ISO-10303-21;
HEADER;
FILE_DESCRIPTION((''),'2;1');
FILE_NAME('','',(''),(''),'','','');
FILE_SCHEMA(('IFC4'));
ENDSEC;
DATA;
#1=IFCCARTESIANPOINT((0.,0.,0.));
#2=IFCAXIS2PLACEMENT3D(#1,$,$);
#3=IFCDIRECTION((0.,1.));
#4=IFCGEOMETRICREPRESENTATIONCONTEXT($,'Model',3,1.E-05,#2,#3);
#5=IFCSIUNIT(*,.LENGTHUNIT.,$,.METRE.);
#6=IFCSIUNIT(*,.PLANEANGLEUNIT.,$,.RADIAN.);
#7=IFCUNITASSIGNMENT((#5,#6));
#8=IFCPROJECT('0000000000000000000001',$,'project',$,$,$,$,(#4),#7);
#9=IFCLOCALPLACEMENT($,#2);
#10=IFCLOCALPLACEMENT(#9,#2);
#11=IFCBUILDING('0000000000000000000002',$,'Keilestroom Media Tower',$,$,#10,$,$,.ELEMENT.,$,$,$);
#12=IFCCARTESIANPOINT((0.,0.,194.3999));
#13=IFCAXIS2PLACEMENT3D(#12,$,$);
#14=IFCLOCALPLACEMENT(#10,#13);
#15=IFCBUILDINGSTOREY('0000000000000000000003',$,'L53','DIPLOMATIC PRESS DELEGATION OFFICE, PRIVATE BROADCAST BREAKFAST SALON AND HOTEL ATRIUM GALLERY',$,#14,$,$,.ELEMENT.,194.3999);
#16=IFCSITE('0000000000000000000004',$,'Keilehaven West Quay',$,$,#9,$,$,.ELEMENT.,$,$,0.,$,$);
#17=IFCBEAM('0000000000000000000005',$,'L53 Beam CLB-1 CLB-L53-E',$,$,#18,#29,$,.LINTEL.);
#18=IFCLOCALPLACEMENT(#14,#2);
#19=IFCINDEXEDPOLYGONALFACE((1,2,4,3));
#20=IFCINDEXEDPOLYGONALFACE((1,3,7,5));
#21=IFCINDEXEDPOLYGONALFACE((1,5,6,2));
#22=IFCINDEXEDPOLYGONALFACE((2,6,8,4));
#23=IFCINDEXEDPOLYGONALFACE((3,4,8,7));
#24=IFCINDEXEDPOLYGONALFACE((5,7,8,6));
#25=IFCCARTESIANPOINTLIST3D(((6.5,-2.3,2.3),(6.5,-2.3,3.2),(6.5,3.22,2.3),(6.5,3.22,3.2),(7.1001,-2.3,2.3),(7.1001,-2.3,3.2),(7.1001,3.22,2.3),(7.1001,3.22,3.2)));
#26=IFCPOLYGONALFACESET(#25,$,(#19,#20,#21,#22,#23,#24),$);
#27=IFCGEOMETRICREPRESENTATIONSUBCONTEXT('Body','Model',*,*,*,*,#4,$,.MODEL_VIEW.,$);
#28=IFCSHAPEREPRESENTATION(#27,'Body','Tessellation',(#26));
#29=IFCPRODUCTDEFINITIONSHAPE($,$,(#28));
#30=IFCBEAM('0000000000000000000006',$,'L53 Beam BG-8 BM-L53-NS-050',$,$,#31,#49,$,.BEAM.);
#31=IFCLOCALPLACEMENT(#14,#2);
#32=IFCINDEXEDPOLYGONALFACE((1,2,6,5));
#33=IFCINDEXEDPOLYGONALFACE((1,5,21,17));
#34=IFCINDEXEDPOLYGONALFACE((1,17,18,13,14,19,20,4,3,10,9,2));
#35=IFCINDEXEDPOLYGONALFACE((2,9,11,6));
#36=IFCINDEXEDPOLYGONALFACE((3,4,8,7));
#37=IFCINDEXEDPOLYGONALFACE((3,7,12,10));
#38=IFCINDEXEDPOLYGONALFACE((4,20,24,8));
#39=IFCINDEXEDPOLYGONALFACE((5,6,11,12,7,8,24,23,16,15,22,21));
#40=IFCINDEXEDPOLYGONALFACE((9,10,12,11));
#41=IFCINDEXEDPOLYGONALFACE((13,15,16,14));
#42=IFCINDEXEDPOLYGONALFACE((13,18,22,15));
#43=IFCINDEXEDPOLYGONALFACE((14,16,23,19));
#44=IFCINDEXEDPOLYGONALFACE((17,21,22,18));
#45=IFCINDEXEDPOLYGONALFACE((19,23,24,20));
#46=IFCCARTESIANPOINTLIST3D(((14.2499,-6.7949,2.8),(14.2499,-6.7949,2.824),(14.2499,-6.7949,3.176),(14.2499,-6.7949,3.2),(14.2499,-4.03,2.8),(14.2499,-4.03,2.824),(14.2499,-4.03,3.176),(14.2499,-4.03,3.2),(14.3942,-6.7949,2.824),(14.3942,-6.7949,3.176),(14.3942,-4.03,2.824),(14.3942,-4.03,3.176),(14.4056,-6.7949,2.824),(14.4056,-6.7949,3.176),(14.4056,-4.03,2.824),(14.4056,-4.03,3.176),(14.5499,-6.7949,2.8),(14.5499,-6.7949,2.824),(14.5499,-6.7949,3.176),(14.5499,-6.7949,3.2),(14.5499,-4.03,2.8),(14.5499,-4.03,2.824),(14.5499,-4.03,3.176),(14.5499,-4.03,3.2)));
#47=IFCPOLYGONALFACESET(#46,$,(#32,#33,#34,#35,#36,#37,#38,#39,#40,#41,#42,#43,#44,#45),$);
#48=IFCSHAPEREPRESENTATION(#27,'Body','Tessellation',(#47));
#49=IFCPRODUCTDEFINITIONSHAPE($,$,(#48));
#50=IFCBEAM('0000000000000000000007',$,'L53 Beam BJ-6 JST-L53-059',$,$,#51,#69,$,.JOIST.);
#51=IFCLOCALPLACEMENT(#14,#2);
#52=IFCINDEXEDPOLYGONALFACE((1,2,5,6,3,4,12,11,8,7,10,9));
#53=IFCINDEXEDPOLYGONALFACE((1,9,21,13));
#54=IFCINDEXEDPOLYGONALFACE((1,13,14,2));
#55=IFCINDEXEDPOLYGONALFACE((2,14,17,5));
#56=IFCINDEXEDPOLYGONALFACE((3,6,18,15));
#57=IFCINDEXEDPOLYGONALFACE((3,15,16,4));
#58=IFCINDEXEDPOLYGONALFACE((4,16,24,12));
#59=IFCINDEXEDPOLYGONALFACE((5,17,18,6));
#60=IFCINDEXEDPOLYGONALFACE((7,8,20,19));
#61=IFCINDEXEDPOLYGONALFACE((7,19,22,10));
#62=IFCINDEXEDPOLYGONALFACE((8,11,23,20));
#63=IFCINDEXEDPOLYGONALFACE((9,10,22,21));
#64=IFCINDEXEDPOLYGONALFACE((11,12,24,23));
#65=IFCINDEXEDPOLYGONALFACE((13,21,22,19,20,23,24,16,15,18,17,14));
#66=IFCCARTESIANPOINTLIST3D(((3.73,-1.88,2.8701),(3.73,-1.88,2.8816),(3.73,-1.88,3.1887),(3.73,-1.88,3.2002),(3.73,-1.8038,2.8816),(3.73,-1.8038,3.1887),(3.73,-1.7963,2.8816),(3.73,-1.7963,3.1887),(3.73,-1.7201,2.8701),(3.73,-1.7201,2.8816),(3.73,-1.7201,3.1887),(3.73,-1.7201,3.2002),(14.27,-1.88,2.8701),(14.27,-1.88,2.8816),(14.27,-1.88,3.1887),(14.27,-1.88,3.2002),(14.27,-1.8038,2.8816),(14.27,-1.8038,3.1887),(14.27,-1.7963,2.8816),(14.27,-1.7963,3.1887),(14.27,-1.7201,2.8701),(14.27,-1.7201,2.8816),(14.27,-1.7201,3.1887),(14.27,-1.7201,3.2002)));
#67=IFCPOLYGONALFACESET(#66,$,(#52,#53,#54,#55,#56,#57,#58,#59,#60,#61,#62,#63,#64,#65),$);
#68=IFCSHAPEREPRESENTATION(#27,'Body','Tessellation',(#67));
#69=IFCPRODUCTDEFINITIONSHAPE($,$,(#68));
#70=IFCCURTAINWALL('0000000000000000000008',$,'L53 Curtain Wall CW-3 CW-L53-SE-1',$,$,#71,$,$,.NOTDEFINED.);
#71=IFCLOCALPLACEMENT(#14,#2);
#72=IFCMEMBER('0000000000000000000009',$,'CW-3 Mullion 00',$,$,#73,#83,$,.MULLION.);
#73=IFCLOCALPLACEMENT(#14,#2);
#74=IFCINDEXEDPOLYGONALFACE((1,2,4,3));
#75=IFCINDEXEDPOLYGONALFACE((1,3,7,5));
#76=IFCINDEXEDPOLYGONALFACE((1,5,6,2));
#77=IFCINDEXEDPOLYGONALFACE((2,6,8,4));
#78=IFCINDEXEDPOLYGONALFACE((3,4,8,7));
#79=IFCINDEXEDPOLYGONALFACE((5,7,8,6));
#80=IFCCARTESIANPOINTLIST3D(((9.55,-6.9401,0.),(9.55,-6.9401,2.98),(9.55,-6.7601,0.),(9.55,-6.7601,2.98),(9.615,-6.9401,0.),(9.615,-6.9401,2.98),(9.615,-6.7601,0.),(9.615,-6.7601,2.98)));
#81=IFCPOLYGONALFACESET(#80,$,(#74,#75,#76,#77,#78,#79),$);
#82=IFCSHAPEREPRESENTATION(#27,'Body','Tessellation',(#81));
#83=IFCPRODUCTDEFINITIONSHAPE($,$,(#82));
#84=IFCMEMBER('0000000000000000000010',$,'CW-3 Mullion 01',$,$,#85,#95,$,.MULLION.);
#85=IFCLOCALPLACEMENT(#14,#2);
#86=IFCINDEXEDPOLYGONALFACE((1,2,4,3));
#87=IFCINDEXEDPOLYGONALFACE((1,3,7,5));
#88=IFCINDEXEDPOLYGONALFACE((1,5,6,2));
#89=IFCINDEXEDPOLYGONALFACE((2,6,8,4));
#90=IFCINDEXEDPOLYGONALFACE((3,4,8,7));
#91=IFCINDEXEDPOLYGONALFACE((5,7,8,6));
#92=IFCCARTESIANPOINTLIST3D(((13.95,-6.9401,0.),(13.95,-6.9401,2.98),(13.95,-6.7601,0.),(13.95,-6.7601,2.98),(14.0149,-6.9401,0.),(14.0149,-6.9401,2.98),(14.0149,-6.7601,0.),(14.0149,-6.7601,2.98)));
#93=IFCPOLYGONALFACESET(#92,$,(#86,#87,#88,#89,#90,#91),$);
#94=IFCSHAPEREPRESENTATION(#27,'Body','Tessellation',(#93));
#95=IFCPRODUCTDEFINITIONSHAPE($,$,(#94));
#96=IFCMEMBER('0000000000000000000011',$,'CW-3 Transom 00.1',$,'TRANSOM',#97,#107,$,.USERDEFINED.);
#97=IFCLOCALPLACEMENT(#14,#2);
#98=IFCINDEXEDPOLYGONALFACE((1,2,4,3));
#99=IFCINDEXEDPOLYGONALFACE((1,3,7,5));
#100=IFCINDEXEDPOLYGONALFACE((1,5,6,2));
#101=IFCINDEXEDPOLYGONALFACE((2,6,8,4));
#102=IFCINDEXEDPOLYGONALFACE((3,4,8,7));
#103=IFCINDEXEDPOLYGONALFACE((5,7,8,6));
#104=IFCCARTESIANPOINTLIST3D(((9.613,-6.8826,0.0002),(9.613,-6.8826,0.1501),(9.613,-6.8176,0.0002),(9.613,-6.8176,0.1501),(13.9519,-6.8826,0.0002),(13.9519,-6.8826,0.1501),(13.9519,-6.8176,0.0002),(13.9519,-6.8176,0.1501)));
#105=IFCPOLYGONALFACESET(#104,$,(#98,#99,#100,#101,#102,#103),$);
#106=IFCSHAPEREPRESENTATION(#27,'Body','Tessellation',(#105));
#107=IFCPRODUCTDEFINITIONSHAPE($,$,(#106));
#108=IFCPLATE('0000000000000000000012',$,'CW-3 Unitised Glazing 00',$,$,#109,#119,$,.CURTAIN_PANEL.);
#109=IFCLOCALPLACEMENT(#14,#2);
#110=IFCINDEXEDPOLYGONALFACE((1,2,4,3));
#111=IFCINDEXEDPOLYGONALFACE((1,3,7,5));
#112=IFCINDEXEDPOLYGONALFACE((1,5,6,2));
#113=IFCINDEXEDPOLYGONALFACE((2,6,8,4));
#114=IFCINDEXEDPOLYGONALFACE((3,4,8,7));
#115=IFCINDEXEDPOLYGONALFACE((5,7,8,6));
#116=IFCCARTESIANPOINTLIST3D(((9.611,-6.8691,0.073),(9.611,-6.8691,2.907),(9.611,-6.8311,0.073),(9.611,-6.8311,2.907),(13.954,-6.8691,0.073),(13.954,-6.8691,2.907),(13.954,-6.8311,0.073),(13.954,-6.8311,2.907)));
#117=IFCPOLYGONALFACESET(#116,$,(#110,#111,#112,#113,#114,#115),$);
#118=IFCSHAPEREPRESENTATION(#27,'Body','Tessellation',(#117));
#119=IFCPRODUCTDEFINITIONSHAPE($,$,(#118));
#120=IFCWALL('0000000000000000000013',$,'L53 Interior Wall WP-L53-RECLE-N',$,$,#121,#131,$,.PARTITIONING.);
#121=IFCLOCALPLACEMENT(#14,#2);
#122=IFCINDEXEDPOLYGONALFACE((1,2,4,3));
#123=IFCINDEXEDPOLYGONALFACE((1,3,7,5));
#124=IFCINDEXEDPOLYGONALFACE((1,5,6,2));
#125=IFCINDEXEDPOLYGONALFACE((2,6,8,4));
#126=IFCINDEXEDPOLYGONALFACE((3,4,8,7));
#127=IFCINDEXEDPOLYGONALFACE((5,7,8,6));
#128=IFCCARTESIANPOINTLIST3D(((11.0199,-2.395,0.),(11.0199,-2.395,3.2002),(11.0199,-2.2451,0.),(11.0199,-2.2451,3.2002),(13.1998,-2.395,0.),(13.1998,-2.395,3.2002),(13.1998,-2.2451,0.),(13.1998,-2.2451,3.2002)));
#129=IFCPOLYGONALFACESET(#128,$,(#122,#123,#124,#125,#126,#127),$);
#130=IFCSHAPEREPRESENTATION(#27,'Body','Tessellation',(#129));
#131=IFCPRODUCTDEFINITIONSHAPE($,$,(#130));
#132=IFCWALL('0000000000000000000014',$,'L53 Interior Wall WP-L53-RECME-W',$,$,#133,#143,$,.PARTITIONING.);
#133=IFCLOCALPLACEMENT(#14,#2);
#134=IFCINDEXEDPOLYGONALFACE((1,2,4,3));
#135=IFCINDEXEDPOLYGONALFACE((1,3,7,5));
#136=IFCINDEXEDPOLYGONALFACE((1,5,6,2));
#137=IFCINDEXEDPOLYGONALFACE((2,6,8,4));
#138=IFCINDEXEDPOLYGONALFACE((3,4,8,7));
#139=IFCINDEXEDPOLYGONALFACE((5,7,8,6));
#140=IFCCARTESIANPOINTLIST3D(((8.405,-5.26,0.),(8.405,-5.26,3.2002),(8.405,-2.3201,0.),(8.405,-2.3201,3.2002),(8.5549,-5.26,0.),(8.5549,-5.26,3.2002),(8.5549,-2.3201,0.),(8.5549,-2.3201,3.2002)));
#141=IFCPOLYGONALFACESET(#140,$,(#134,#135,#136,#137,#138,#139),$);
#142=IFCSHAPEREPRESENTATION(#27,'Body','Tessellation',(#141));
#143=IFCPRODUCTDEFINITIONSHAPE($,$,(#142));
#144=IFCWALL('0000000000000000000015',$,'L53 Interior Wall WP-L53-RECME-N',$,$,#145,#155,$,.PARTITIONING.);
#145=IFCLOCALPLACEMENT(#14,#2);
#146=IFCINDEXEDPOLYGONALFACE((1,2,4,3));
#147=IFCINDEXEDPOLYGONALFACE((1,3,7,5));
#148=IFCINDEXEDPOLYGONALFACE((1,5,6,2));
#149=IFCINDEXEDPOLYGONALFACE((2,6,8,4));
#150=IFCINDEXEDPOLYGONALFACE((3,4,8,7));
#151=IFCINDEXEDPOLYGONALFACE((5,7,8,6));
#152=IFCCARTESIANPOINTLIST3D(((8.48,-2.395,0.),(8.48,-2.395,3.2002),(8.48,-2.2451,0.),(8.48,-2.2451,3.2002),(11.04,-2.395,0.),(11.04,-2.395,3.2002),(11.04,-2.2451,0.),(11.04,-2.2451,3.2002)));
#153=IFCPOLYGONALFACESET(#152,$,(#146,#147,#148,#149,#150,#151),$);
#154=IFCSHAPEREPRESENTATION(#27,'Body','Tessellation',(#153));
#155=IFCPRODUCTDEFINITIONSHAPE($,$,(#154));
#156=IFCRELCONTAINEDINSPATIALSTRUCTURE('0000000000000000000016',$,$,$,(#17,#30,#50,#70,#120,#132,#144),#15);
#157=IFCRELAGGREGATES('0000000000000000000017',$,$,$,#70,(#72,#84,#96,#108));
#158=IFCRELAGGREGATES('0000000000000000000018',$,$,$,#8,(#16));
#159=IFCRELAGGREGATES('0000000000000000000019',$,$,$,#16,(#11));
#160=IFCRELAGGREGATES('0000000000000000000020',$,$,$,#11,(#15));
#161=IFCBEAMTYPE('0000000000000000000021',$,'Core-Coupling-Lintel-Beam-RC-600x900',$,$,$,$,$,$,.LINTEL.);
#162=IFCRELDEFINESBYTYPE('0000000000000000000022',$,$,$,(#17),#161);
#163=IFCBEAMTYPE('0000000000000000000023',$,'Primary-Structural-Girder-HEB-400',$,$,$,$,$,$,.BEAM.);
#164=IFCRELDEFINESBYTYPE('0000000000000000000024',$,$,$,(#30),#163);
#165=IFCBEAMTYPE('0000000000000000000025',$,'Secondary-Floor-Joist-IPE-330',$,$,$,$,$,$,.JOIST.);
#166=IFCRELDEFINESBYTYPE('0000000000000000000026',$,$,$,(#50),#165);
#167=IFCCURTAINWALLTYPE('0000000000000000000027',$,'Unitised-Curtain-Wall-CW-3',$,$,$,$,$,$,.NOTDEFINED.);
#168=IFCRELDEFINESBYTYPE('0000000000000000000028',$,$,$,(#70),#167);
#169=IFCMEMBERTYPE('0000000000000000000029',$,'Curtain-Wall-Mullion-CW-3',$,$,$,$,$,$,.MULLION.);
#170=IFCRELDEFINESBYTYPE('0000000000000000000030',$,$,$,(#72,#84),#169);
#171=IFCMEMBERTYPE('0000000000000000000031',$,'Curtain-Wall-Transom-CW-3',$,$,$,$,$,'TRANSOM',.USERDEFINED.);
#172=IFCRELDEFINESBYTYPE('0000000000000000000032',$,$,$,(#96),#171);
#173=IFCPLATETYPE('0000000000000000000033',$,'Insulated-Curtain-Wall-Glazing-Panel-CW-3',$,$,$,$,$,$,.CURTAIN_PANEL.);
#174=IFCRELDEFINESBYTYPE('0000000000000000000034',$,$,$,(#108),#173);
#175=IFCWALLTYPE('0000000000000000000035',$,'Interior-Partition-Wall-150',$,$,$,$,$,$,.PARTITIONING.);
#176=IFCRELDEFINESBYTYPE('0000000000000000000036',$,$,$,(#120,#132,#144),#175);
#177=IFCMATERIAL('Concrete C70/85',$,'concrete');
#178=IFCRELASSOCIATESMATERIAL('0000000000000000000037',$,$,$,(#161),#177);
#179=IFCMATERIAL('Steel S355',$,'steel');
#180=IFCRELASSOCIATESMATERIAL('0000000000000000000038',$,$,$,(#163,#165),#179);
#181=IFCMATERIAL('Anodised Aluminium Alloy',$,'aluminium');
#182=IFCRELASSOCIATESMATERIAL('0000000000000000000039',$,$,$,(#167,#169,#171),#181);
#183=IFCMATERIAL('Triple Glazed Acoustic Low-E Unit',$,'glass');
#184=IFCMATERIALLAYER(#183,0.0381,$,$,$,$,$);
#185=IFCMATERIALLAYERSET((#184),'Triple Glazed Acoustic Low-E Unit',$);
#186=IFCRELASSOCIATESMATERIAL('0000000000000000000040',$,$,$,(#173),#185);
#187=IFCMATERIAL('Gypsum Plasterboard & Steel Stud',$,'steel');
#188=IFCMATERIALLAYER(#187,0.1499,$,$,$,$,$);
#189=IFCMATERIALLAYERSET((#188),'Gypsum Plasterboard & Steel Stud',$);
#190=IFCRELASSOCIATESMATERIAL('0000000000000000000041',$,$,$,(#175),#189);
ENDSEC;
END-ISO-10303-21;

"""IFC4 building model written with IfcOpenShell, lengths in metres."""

from ifc_helpers import new_model, si_unit, direction, frame, frame_2d, origin, origin_2d, place, context, subcontext, project, spatial, rectangle, i_section, extrude, source, transform, mapped, material, layer, layer_set, material_profile, profile_set, type_object, element, aggregate, save


model = new_model("IFC4")

# Units and contexts
model_context = context("Model", 3, precision=1e-05, world=origin(), true_north=direction((0.0, 1.0)))
body_context = subcontext(model_context, "Body", "Model", "MODEL_VIEW")
ifc_project = project(units=[si_unit("LENGTHUNIT", "METRE"), si_unit("PLANEANGLEUNIT", "RADIAN")], contexts=[model_context])

# Site, building, storey
site_placement = place(None, origin())
site = spatial("IfcSite", under=ifc_project, at=site_placement, Name="Keilehaven West Quay", CompositionType="ELEMENT", RefElevation=0.0)
building_placement = place(site_placement, origin())
building = spatial("IfcBuilding", under=site, at=building_placement, Name="Keilestroom Media Tower", CompositionType="ELEMENT")
storey_placement = place(building_placement, frame((0.0, 0.0, 194.3999)))
storey = spatial("IfcBuildingStorey", under=building, at=storey_placement, Name="L53", Description="DIPLOMATIC PRESS DELEGATION OFFICE, PRIVATE BROADCAST BREAKFAST SALON AND HOTEL ATRIUM GALLERY", CompositionType="ELEMENT", Elevation=194.3999)

# Beams
ifc_material_1 = material(Name="Concrete C70/85", Category="concrete")
ifc_material_profile_1 = material_profile(ifc_material_1, rectangle(XDim=0.6001, YDim=0.8999, at=origin_2d()), Name="RC 600x900")
ifc_profile_set_1 = profile_set([ifc_material_profile_1], Name="Concrete C70/85")
beam_type_1 = type_object("IfcBeamType", Name="Core-Coupling-Lintel-Beam-RC-600x900", PredefinedType="LINTEL", material=ifc_profile_set_1)
shared_shape_1 = source(origin(), body_context, "Body", "SweptSolid", [
    extrude(rectangle(XDim=0.6001, YDim=0.8999, at=origin_2d()), origin(), (0.0, 0.0, 1.0), 5.52),
])
beam_1_placement = place(storey_placement, frame((6.8, -2.3, 2.75), z_axis=(0.0, 1.0, 0.0), x_axis=(-1.0, 0.0, 0.0)))
element("IfcBeam", 1, at=beam_1_placement, inside=storey, type_object=beam_type_1, Name="L53 Beam CLB-1 CLB-L53-E", PredefinedType="LINTEL", context=body_context, shape_type="MappedRepresentation", body=[
    mapped(shared_shape_1, transform((0.0, 0.0, 0.0), x_axis=(1.0, 0.0, 0.0), y_axis=(0.0, 1.0, 0.0), z_axis=(0.0, 0.0, 1.0), scale=1.0)),
])
ifc_material_2 = material(Name="Steel S355", Category="steel")
ifc_material_profile_2 = material_profile(ifc_material_2, i_section(OverallWidth=0.3, OverallDepth=0.3999, WebThickness=0.0115, FlangeThickness=0.0239, at=origin_2d()), Name="HEB 400")
ifc_profile_set_2 = profile_set([ifc_material_profile_2], Name="Steel S355")
beam_type_2 = type_object("IfcBeamType", Name="Primary-Structural-Girder-HEB-400", PredefinedType="BEAM", material=ifc_profile_set_2)
shared_shape_2 = source(origin(), body_context, "Body", "SweptSolid", [
    extrude(i_section(OverallWidth=0.3, OverallDepth=0.3999, WebThickness=0.0115, FlangeThickness=0.0239, at=origin_2d()), origin(), (0.0, 0.0, 1.0), 2.7649),
])
beam_2_placement = place(storey_placement, frame((14.3999, -6.7949, 3.0), z_axis=(0.0, 1.0, 0.0), x_axis=(-1.0, 0.0, 0.0)))
element("IfcBeam", 2, at=beam_2_placement, inside=storey, type_object=beam_type_2, Name="L53 Beam BG-8 BM-L53-NS-050", PredefinedType="BEAM", context=body_context, shape_type="MappedRepresentation", body=[
    mapped(shared_shape_2, transform((0.0, 0.0, 0.0), x_axis=(1.0, 0.0, 0.0), y_axis=(0.0, 1.0, 0.0), z_axis=(0.0, 0.0, 1.0), scale=1.0)),
])
ifc_material_profile_3 = material_profile(ifc_material_2, i_section(OverallWidth=0.1599, OverallDepth=0.3301, WebThickness=0.0076, FlangeThickness=0.0115, at=origin_2d()), Name="IPE 330")
ifc_profile_set_3 = profile_set([ifc_material_profile_3], Name="Steel S355")
beam_type_3 = type_object("IfcBeamType", Name="Secondary-Floor-Joist-IPE-330", PredefinedType="JOIST", material=ifc_profile_set_3)
shared_shape_3 = source(origin(), body_context, "Body", "SweptSolid", [
    extrude(i_section(OverallWidth=0.1599, OverallDepth=0.3301, WebThickness=0.0076, FlangeThickness=0.0115, at=origin_2d()), origin(), (0.0, 0.0, 1.0), 10.54),
])
beam_3_placement = place(storey_placement, frame((3.73, -1.8, 3.0352), z_axis=(1.0, 0.0, 0.0), x_axis=(0.0, 1.0, 0.0)))
element("IfcBeam", 3, at=beam_3_placement, inside=storey, type_object=beam_type_3, Name="L53 Beam BJ-6 JST-L53-059", PredefinedType="JOIST", context=body_context, shape_type="MappedRepresentation", body=[
    mapped(shared_shape_3, transform((0.0, 0.0, 0.0), x_axis=(1.0, 0.0, 0.0), y_axis=(0.0, 1.0, 0.0), z_axis=(0.0, 0.0, 1.0), scale=1.0)),
])

# Curtain wall, members, plate
ifc_material_3 = material(Name="Anodised Aluminium Alloy", Category="aluminium")
curtain_wall_type = type_object("IfcCurtainWallType", Name="Unitised-Curtain-Wall-CW-3", PredefinedType="NOTDEFINED", material=ifc_material_3)
curtain_wall_placement = place(storey_placement, origin())
curtain_wall = element("IfcCurtainWall", 4, at=curtain_wall_placement, inside=storey, type_object=curtain_wall_type, Name="L53 Curtain Wall CW-3 CW-L53-SE-1", PredefinedType="NOTDEFINED")
ifc_material_profile_4 = material_profile(ifc_material_3, rectangle(XDim=0.0649, YDim=0.1799, at=origin_2d()), Name="ALU MULLION 65x180")
ifc_profile_set_4 = profile_set([ifc_material_profile_4], Name="Anodised Aluminium Alloy")
member_type_1 = type_object("IfcMemberType", Name="Curtain-Wall-Mullion-CW-3", PredefinedType="MULLION", material=ifc_profile_set_4)
shared_shape_4 = source(origin(), body_context, "Body", "SweptSolid", [
    extrude(rectangle(XDim=0.0649, YDim=0.1799, at=origin_2d()), origin(), (0.0, 0.0, 1.0), 2.98),
])
member_1_placement = place(storey_placement, frame((9.5825, -6.8501, 0.0), z_axis=(0.0, 0.0, 1.0), x_axis=(1.0, 0.0, 0.0)))
member_1 = element("IfcMember", 5, at=member_1_placement, type_object=member_type_1, Name="CW-3 Mullion 00", PredefinedType="MULLION", context=body_context, shape_type="MappedRepresentation", body=[
    mapped(shared_shape_4, transform((0.0, 0.0, 0.0), x_axis=(1.0, 0.0, 0.0), y_axis=(0.0, 1.0, 0.0), z_axis=(0.0, 0.0, 1.0), scale=1.0)),
])
member_2_placement = place(storey_placement, frame((13.9824, -6.8501, 0.0), z_axis=(0.0, 0.0, 1.0), x_axis=(1.0, 0.0, 0.0)))
member_2 = element("IfcMember", 6, at=member_2_placement, type_object=member_type_1, Name="CW-3 Mullion 01", PredefinedType="MULLION", context=body_context, shape_type="MappedRepresentation", body=[
    mapped(shared_shape_4, transform((0.0, 0.0, 0.0), x_axis=(1.0, 0.0, 0.0), y_axis=(0.0, 1.0, 0.0), z_axis=(0.0, 0.0, 1.0), scale=1.0)),
])
ifc_material_profile_5 = material_profile(ifc_material_3, rectangle(XDim=0.0649, YDim=0.1499, at=origin_2d()), Name="ALU TRANSOM 65x150")
ifc_profile_set_5 = profile_set([ifc_material_profile_5], Name="Anodised Aluminium Alloy")
member_type_2 = type_object("IfcMemberType", Name="Curtain-Wall-Transom-CW-3", ElementType="TRANSOM", PredefinedType="USERDEFINED", material=ifc_profile_set_5)
shared_shape_5 = source(origin(), body_context, "Body", "SweptSolid", [
    extrude(rectangle(XDim=0.0649, YDim=0.1499, at=origin_2d()), origin(), (0.0, 0.0, 1.0), 4.3389),
])
member_3_placement = place(storey_placement, frame((9.613, -6.8501, 0.0752), z_axis=(1.0, 0.0, 0.0), x_axis=(0.0, 1.0, 0.0)))
member_3 = element("IfcMember", 7, at=member_3_placement, type_object=member_type_2, Name="CW-3 Transom 00.1", ObjectType="TRANSOM", PredefinedType="USERDEFINED", context=body_context, shape_type="MappedRepresentation", body=[
    mapped(shared_shape_5, transform((0.0, 0.0, 0.0), x_axis=(1.0, 0.0, 0.0), y_axis=(0.0, 1.0, 0.0), z_axis=(0.0, 0.0, 1.0), scale=1.0)),
])
ifc_material_4 = material(Name="Triple Glazed Acoustic Low-E Unit", Category="glass")
ifc_layer_1 = layer(ifc_material_4, 0.0381)
ifc_layer_set_1 = layer_set([ifc_layer_1], Name="Triple Glazed Acoustic Low-E Unit")
plate_type = type_object("IfcPlateType", Name="Insulated-Curtain-Wall-Glazing-Panel-CW-3", PredefinedType="CURTAIN_PANEL", material=ifc_layer_set_1)
shared_shape_6 = source(origin(), body_context, "Body", "SweptSolid", [
    extrude(rectangle(XDim=4.343, YDim=0.0381, at=origin_2d()), origin(), (0.0, 0.0, 1.0), 2.834),
])
plate_placement = place(storey_placement, frame((11.7825, -6.8501, 0.073), z_axis=(0.0, 0.0, 1.0), x_axis=(1.0, 0.0, 0.0)))
plate = element("IfcPlate", 8, at=plate_placement, type_object=plate_type, Name="CW-3 Unitised Glazing 00", PredefinedType="CURTAIN_PANEL", context=body_context, shape_type="MappedRepresentation", body=[
    mapped(shared_shape_6, transform((0.0, 0.0, 0.0), x_axis=(1.0, 0.0, 0.0), y_axis=(0.0, 1.0, 0.0), z_axis=(0.0, 0.0, 1.0), scale=1.0)),
])
aggregate(curtain_wall, [member_1, member_2, member_3, plate])

# Walls
ifc_material_5 = material(Name="Gypsum Plasterboard & Steel Stud", Category="steel")
ifc_layer_2 = layer(ifc_material_5, 0.1499)
ifc_layer_set_2 = layer_set([ifc_layer_2], Name="Gypsum Plasterboard & Steel Stud")
wall_type_1 = type_object("IfcWallType", Name="Interior-Partition-Wall-150", PredefinedType="PARTITIONING", material=ifc_layer_set_2)
wall_1_placement = place(storey_placement, frame((11.02, -2.3201, 0.0), z_axis=(0.0, 0.0, 1.0), x_axis=(1.0, 0.0, 0.0)))
element("IfcWall", 9, at=wall_1_placement, inside=storey, type_object=wall_type_1, Name="L53 Interior Wall WP-L53-RECLE-N", PredefinedType="PARTITIONING", context=body_context, shape_type="SweptSolid", body=[
    extrude(rectangle(XDim=2.1799, YDim=0.1499, at=frame_2d((1.0898, 0.0))), origin(), (0.0, 0.0, 1.0), 3.2002),
])
wall_2_placement = place(storey_placement, frame((8.48, -5.26, 0.0), z_axis=(0.0, 0.0, 1.0), x_axis=(0.0, 1.0, 0.0)))
element("IfcWall", 10, at=wall_2_placement, inside=storey, type_object=wall_type_1, Name="L53 Interior Wall WP-L53-RECME-W", PredefinedType="PARTITIONING", context=body_context, shape_type="SweptSolid", body=[
    extrude(rectangle(XDim=2.9399, YDim=0.1499, at=frame_2d((1.47, 0.0))), origin(), (0.0, 0.0, 1.0), 3.2002),
])
wall_3_placement = place(storey_placement, frame((8.48, -2.3201, 0.0), z_axis=(0.0, 0.0, 1.0), x_axis=(1.0, 0.0, 0.0)))
element("IfcWall", 11, at=wall_3_placement, inside=storey, type_object=wall_type_1, Name="L53 Interior Wall WP-L53-RECME-N", PredefinedType="PARTITIONING", context=body_context, shape_type="SweptSolid", body=[
    extrude(rectangle(XDim=2.5601, YDim=0.1499, at=frame_2d((1.28, 0.0))), origin(), (0.0, 0.0, 1.0), 3.2002),
])

save(model, "model.ifc")
